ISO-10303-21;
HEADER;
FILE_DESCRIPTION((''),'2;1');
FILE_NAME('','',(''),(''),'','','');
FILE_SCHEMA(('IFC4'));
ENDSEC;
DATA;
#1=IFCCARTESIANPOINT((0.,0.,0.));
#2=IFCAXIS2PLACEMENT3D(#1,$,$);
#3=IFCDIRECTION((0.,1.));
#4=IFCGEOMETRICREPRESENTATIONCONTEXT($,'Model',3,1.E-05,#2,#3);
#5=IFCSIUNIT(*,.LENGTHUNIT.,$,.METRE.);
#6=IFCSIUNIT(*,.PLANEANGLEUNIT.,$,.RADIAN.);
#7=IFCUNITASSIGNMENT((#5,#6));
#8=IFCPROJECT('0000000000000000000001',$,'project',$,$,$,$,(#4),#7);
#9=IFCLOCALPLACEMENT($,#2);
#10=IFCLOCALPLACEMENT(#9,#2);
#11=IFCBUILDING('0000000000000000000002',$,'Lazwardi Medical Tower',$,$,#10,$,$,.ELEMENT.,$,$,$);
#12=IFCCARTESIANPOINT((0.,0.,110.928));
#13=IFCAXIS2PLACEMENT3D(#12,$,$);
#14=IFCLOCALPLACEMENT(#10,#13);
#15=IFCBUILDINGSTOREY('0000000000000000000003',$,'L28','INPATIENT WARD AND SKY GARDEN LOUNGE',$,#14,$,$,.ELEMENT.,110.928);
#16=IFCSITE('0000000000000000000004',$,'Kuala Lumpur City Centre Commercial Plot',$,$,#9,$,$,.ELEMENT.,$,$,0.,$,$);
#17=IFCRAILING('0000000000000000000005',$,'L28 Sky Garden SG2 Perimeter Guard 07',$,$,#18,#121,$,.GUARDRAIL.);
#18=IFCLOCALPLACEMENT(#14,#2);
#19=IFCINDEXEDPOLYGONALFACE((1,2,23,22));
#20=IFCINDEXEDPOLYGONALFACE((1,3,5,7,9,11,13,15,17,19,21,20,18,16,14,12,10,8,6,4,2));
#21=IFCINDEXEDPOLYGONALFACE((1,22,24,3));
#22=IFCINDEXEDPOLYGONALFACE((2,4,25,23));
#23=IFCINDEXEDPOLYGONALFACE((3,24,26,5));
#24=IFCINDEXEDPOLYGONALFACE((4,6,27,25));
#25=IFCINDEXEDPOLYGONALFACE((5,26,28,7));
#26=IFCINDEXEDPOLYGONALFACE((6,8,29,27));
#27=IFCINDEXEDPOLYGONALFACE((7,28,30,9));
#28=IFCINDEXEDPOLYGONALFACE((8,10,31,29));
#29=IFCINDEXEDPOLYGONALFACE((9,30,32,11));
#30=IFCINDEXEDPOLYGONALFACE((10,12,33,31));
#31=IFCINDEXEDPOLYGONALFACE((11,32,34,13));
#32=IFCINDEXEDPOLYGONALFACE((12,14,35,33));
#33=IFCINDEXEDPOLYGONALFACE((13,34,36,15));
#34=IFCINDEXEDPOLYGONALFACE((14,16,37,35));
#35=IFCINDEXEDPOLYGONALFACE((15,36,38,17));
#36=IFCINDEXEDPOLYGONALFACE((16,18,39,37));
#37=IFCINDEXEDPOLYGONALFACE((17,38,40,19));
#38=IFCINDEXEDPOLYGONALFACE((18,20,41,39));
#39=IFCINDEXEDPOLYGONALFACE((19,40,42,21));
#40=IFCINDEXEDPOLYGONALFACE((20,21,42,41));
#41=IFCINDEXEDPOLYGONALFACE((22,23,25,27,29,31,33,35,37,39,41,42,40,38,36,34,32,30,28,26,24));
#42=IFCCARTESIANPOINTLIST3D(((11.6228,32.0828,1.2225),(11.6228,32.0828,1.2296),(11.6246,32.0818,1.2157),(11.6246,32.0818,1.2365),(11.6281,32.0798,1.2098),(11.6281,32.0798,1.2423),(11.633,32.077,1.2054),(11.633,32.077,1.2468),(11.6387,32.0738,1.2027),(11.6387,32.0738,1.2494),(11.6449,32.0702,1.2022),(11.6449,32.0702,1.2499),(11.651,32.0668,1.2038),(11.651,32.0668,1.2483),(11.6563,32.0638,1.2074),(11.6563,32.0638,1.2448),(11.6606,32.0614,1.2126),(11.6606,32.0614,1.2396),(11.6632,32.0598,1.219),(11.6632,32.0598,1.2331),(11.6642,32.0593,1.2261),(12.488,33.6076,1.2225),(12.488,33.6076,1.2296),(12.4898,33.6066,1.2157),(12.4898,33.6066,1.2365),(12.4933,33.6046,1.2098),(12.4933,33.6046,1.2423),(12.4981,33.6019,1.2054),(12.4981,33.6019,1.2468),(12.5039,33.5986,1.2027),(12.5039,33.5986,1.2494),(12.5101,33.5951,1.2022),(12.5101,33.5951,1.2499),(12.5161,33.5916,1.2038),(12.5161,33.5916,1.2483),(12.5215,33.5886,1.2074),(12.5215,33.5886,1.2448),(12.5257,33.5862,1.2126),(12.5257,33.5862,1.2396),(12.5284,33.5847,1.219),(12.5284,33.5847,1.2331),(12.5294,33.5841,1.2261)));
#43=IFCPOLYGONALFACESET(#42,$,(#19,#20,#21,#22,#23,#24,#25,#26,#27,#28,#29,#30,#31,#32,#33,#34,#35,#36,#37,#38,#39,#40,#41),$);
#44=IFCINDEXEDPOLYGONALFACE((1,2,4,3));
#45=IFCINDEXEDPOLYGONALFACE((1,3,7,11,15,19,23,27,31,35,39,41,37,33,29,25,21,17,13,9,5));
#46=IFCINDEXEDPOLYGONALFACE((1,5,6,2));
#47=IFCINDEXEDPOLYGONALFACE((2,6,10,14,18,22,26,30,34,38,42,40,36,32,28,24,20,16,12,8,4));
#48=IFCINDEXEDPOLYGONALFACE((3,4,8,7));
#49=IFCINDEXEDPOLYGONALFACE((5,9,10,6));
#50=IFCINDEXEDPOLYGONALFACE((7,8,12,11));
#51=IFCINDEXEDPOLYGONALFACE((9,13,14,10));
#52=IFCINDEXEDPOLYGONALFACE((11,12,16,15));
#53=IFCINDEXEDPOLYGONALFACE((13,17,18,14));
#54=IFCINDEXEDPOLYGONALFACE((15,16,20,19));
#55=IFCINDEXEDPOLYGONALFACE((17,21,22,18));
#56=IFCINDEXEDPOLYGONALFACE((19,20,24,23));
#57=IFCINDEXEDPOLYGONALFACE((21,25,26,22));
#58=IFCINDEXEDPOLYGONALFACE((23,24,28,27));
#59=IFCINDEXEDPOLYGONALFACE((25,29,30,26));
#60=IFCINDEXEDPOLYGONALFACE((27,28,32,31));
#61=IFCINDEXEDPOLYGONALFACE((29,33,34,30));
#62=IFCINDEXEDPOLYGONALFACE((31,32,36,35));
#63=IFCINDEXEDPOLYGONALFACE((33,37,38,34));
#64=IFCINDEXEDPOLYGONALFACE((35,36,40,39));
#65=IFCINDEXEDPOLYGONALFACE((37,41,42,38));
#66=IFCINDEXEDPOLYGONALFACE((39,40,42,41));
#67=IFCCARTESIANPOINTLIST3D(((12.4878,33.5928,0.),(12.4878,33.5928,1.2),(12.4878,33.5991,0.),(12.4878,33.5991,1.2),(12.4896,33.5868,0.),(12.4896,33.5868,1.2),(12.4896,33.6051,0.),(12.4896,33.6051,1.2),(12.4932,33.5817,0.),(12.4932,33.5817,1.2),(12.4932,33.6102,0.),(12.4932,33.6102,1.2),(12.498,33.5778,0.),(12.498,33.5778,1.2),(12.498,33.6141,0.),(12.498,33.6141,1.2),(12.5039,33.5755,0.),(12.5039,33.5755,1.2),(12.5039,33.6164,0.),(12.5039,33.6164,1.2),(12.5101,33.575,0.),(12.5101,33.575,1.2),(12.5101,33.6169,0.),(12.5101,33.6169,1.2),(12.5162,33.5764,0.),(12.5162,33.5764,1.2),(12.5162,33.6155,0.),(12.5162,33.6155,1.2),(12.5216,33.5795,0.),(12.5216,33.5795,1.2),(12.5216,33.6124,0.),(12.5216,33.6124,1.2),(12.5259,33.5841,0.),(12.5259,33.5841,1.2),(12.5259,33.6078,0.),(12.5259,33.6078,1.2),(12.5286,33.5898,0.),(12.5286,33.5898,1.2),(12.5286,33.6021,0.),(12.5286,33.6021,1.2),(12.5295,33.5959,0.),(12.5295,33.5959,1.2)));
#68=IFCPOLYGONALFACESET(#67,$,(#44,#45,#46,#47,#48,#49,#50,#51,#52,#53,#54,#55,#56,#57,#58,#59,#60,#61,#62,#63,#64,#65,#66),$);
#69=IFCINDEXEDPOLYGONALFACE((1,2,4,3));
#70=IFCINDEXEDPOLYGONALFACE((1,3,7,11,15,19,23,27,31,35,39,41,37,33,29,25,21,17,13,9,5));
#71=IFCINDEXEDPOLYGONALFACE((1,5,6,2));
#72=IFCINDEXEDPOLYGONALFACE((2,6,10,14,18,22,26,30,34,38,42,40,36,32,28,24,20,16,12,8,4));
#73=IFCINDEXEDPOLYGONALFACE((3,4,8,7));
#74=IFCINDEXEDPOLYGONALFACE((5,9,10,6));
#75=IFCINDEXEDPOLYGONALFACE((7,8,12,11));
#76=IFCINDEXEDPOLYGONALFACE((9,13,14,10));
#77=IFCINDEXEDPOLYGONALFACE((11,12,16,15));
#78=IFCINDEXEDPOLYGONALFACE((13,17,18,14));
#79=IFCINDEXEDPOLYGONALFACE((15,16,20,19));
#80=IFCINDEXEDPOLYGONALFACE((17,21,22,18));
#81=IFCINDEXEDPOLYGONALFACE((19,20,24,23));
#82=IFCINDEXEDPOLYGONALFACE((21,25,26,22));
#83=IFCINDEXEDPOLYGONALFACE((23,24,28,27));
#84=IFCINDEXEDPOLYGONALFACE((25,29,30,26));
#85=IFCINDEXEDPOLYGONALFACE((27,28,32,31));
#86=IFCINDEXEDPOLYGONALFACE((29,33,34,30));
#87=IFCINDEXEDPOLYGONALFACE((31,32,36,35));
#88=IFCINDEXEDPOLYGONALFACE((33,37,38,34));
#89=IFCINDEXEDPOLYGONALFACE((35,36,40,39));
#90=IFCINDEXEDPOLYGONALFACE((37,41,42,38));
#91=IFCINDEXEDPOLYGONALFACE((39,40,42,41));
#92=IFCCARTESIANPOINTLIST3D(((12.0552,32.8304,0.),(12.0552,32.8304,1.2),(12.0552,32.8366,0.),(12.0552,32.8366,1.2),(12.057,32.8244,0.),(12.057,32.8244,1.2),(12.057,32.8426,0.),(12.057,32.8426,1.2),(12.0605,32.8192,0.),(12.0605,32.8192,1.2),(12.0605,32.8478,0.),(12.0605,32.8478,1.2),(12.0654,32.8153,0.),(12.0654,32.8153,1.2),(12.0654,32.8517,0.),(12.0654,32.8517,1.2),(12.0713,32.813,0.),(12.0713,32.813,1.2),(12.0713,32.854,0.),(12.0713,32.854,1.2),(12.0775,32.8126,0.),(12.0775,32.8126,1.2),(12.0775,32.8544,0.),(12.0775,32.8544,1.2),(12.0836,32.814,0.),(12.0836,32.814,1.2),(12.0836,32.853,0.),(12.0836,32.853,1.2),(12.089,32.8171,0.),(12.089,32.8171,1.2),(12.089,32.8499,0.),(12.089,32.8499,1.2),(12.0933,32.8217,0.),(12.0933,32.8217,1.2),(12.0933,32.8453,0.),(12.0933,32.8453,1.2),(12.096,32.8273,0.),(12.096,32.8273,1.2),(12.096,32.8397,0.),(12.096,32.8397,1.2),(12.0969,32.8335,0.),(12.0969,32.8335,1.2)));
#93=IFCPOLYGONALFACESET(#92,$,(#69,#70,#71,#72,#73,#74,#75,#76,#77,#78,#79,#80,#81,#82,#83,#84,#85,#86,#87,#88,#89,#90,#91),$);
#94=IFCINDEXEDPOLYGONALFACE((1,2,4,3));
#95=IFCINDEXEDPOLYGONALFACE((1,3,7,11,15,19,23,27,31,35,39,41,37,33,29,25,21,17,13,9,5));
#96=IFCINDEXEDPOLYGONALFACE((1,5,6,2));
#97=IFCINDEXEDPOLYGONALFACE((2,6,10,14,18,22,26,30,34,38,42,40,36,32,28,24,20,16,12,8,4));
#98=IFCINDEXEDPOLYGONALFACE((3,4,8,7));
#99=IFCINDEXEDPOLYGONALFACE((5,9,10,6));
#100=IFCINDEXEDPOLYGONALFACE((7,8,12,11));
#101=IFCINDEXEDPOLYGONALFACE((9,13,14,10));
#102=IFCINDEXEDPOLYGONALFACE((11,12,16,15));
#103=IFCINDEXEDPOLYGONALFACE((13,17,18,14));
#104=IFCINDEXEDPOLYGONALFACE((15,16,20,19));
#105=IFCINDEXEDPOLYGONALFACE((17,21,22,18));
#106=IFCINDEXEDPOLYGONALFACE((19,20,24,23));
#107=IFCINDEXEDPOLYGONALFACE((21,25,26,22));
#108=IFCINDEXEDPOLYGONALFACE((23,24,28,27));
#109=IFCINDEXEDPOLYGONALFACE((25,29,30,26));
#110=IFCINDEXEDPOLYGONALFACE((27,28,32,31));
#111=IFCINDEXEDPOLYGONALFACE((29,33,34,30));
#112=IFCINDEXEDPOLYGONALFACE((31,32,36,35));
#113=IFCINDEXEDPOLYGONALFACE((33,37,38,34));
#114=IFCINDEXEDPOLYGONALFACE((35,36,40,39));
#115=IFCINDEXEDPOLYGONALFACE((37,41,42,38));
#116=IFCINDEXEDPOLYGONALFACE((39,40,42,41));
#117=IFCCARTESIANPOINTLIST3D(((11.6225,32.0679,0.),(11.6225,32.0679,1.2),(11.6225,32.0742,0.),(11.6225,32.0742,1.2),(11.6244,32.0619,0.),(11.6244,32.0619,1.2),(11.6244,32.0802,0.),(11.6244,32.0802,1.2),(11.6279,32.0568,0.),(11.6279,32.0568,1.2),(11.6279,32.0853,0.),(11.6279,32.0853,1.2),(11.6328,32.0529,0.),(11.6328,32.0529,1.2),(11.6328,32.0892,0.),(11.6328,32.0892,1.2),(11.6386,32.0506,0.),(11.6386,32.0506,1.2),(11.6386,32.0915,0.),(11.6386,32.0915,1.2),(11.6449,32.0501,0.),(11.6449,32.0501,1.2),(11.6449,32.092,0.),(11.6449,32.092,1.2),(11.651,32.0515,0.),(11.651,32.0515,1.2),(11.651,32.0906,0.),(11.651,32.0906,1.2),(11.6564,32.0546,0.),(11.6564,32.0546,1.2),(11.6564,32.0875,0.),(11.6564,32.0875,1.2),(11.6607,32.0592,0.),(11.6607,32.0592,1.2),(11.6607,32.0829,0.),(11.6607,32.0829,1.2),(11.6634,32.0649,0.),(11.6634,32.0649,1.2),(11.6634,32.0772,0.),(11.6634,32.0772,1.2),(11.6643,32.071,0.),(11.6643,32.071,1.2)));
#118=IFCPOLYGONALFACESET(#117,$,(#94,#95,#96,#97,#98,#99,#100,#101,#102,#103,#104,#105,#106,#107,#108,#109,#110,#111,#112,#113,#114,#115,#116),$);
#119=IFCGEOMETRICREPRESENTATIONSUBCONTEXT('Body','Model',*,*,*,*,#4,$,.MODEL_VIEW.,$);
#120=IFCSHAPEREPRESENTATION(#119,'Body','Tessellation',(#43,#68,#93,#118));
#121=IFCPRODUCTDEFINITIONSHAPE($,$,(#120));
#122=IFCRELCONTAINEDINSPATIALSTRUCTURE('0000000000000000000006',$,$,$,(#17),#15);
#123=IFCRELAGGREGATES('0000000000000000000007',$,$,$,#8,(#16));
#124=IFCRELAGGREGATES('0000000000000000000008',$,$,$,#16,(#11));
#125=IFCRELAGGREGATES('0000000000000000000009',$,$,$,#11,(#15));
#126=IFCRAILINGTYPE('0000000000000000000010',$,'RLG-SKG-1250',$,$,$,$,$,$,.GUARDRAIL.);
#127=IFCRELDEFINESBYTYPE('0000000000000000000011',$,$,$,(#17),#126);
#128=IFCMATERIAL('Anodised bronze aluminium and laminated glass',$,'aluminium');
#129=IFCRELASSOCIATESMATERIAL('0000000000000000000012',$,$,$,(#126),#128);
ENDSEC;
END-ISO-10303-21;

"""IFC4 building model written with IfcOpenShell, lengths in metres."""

from ifc_helpers import new_model, si_unit, direction, frame, origin, origin_2d, place, context, subcontext, project, spatial, circle, extrude, material, type_object, element, save


model = new_model("IFC4")

# Units and contexts
model_context = context("Model", 3, precision=1e-05, world=origin(), true_north=direction((0.0, 1.0)))
body_context = subcontext(model_context, "Body", "Model", "MODEL_VIEW")
ifc_project = project(units=[si_unit("LENGTHUNIT", "METRE"), si_unit("PLANEANGLEUNIT", "RADIAN")], contexts=[model_context])

# Site, building, storey
site_placement = place(None, origin())
site = spatial("IfcSite", under=ifc_project, at=site_placement, Name="Kuala Lumpur City Centre Commercial Plot", CompositionType="ELEMENT", RefElevation=0.0)
building_placement = place(site_placement, origin())
building = spatial("IfcBuilding", under=site, at=building_placement, Name="Lazwardi Medical Tower", CompositionType="ELEMENT")
storey_placement = place(building_placement, frame((0.0, 0.0, 110.928)))
storey = spatial("IfcBuildingStorey", under=building, at=storey_placement, Name="L28", Description="INPATIENT WARD AND SKY GARDEN LOUNGE", CompositionType="ELEMENT", Elevation=110.928)

# Shared definitions
ifc_material_1 = material(Name="Anodised bronze aluminium and laminated glass", Category="aluminium")

# Railing
railing_type = type_object("IfcRailingType", Name="RLG-SKG-1250", PredefinedType="GUARDRAIL", material=ifc_material_1)
railing_1_placement = place(storey_placement, frame((12.5085, 33.5959, 0.0)))
element("IfcRailing", 1, at=railing_1_placement, inside=storey, type_object=railing_type, Name="L28 Sky Garden SG2 Perimeter Guard 07", PredefinedType="GUARDRAIL", context=body_context, shape_type="SweptSolid", body=[
    extrude(circle(Radius=0.0239, at=origin_2d()), frame((0.0, 0.0, 1.2261), z_axis=(-0.493497, -0.869747, 0.0), x_axis=(0.869747, -0.493497, 0.0)), (0.0, 0.0, 1.0), 1.7532),
    extrude(circle(Radius=0.021, at=origin_2d()), origin(), (0.0, 0.0, 1.0), 1.2),
    extrude(circle(Radius=0.021, at=origin_2d()), frame((-0.4326, -0.7625, 0.0)), (0.0, 0.0, 1.0), 1.2),
    extrude(circle(Radius=0.021, at=origin_2d()), frame((-0.8652, -1.5249, 0.0)), (0.0, 0.0, 1.0), 1.2),
])

save(model, "model.ifc")
